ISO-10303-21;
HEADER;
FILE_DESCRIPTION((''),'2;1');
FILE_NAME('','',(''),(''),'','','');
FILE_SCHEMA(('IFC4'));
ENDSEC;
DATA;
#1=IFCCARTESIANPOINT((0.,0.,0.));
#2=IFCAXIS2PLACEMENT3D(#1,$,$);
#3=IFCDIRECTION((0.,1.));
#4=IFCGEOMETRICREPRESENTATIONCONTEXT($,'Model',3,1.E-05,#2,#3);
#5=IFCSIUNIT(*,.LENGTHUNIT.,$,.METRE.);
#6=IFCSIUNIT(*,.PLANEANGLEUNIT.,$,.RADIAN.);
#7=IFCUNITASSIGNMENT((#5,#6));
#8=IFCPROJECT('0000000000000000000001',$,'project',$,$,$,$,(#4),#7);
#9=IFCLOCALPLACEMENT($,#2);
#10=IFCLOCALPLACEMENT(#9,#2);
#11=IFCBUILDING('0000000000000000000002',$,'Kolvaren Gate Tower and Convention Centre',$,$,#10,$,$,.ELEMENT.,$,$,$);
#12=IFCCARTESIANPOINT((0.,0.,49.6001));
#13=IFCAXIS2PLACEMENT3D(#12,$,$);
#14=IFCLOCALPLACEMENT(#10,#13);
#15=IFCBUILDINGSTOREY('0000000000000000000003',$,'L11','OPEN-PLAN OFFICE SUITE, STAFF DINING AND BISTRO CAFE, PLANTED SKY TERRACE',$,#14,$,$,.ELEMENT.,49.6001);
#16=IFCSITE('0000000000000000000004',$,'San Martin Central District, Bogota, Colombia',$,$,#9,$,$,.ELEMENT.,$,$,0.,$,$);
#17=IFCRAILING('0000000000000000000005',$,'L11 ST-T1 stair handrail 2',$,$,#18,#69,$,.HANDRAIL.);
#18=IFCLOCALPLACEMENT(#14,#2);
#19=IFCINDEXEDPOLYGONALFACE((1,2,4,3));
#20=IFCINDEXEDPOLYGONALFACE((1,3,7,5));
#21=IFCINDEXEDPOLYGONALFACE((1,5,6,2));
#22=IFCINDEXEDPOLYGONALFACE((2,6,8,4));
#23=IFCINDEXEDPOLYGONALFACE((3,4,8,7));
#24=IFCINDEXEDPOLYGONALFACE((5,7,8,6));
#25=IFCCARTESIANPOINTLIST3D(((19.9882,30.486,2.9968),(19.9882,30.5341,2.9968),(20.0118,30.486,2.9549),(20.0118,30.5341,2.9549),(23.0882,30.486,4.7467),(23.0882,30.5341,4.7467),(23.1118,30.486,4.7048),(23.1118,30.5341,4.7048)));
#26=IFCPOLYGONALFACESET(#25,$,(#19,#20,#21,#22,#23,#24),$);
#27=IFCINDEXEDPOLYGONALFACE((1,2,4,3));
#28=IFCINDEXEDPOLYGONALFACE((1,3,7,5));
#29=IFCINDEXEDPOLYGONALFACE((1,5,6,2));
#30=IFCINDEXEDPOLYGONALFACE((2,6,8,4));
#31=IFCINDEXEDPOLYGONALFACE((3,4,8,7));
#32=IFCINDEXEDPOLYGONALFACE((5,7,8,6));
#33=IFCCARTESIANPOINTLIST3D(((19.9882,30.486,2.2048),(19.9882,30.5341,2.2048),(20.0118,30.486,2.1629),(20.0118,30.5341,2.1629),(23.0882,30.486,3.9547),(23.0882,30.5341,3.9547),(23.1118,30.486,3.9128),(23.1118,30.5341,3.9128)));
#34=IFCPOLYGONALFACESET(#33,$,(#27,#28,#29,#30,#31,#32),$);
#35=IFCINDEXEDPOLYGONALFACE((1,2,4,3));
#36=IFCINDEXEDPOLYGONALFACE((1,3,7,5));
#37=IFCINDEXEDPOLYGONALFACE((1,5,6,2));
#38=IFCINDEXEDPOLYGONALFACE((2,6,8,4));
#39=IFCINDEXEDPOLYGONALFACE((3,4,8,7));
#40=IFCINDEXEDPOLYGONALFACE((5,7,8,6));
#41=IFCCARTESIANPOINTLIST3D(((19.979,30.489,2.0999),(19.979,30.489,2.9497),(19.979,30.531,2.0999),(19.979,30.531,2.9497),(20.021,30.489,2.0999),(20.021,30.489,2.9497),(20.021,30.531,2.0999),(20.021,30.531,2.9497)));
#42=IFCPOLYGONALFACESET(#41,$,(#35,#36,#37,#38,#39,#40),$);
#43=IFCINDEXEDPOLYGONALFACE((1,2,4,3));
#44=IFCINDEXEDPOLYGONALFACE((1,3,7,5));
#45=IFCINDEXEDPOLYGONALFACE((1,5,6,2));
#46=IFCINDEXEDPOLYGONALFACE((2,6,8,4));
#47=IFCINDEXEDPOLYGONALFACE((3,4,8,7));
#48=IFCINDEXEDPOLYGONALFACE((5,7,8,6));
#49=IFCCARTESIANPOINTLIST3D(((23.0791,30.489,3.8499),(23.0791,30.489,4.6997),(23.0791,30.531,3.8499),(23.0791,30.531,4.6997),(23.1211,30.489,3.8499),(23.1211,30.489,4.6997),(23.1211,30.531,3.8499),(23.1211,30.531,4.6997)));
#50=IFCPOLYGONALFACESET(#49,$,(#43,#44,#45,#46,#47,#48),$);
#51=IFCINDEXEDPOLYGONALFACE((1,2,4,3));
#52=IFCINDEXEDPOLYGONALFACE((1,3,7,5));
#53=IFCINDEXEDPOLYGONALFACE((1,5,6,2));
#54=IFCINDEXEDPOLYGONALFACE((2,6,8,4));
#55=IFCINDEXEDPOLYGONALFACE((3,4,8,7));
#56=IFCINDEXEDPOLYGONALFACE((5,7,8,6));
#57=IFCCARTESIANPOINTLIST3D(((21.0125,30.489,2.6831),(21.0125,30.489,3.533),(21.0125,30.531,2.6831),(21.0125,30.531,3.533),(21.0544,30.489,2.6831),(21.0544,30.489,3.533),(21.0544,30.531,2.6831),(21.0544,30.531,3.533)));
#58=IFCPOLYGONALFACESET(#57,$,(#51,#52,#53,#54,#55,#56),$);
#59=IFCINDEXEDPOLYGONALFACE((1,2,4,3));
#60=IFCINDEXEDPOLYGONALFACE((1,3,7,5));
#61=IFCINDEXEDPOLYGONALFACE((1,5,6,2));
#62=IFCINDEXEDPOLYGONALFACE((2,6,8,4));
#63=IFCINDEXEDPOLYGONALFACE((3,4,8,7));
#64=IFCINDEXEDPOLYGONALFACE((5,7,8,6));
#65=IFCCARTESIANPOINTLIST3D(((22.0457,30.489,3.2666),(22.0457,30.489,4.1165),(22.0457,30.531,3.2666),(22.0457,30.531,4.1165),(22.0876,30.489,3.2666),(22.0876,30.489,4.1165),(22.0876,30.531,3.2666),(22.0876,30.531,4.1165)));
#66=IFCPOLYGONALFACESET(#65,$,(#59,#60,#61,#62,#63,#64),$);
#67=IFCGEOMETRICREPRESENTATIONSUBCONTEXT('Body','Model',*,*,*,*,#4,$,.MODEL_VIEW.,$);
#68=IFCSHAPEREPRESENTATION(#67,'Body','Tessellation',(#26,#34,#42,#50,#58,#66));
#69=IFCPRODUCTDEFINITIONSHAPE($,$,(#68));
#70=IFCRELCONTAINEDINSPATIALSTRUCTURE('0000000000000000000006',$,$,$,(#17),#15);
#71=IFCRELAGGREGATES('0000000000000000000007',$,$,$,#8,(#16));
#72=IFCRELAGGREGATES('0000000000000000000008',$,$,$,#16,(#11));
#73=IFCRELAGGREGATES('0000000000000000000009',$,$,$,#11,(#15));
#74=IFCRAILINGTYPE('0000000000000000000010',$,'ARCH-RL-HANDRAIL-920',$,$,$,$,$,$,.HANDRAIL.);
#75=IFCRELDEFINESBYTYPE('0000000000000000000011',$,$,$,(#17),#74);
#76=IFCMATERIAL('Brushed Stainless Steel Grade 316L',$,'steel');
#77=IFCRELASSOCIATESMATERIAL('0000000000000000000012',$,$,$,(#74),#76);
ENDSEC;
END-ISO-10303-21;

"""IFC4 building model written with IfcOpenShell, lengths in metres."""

from ifc_helpers import new_model, si_unit, direction, frame, origin, origin_2d, place, context, subcontext, project, spatial, rectangle, extrude, material, type_object, element, save


model = new_model("IFC4")

# Units and contexts
model_context = context("Model", 3, precision=1e-05, world=origin(), true_north=direction((0.0, 1.0)))
body_context = subcontext(model_context, "Body", "Model", "MODEL_VIEW")
ifc_project = project(units=[si_unit("LENGTHUNIT", "METRE"), si_unit("PLANEANGLEUNIT", "RADIAN")], contexts=[model_context])

# Site, building, storey
site_placement = place(None, origin())
site = spatial("IfcSite", under=ifc_project, at=site_placement, Name="San Martin Central District, Bogota, Colombia", CompositionType="ELEMENT", RefElevation=0.0)
building_placement = place(site_placement, origin())
building = spatial("IfcBuilding", under=site, at=building_placement, Name="Kolvaren Gate Tower and Convention Centre", CompositionType="ELEMENT")
storey_placement = place(building_placement, frame((0.0, 0.0, 49.6001)))
storey = spatial("IfcBuildingStorey", under=building, at=storey_placement, Name="L11", Description="OPEN-PLAN OFFICE SUITE, STAFF DINING AND BISTRO CAFE, PLANTED SKY TERRACE", CompositionType="ELEMENT", Elevation=49.6001)

# Shared definitions
ifc_material_1 = material(Name="Brushed Stainless Steel Grade 316L", Category="steel")

# Railing
railing_type_1 = type_object("IfcRailingType", Name="ARCH-RL-HANDRAIL-920", PredefinedType="HANDRAIL", material=ifc_material_1)
railing_1_placement = place(storey_placement, frame((20.0, 30.51, 2.0999)))
element("IfcRailing", 1, at=railing_1_placement, inside=storey, type_object=railing_type_1, Name="L11 ST-T1 stair handrail 2", PredefinedType="HANDRAIL", context=body_context, shape_type="SweptSolid", body=[
    extrude(rectangle(XDim=0.0481, YDim=0.0481, at=origin_2d()), frame((0.0, 0.0, 0.876), z_axis=(0.870831, 0.0, 0.491583), x_axis=(0.0, 1.0, 0.0)), (0.0, 0.0, 1.0), 3.5598),
    extrude(rectangle(XDim=0.0481, YDim=0.0481, at=origin_2d()), frame((0.0, 0.0, 0.084), z_axis=(0.870831, 0.0, 0.491583), x_axis=(0.0, 1.0, 0.0)), (0.0, 0.0, 1.0), 3.5598),
    extrude(rectangle(XDim=0.042, YDim=0.042, at=origin_2d()), origin(), (0.0, 0.0, 1.0), 0.8499),
    extrude(rectangle(XDim=0.042, YDim=0.042, at=origin_2d()), frame((3.1001, 0.0, 1.75)), (0.0, 0.0, 1.0), 0.8499),
    extrude(rectangle(XDim=0.042, YDim=0.042, at=origin_2d()), frame((1.0334, 0.0, 0.5833)), (0.0, 0.0, 1.0), 0.8499),
    extrude(rectangle(XDim=0.042, YDim=0.042, at=origin_2d()), frame((2.0667, 0.0, 1.1667)), (0.0, 0.0, 1.0), 0.8499),
])

save(model, "model.ifc")
